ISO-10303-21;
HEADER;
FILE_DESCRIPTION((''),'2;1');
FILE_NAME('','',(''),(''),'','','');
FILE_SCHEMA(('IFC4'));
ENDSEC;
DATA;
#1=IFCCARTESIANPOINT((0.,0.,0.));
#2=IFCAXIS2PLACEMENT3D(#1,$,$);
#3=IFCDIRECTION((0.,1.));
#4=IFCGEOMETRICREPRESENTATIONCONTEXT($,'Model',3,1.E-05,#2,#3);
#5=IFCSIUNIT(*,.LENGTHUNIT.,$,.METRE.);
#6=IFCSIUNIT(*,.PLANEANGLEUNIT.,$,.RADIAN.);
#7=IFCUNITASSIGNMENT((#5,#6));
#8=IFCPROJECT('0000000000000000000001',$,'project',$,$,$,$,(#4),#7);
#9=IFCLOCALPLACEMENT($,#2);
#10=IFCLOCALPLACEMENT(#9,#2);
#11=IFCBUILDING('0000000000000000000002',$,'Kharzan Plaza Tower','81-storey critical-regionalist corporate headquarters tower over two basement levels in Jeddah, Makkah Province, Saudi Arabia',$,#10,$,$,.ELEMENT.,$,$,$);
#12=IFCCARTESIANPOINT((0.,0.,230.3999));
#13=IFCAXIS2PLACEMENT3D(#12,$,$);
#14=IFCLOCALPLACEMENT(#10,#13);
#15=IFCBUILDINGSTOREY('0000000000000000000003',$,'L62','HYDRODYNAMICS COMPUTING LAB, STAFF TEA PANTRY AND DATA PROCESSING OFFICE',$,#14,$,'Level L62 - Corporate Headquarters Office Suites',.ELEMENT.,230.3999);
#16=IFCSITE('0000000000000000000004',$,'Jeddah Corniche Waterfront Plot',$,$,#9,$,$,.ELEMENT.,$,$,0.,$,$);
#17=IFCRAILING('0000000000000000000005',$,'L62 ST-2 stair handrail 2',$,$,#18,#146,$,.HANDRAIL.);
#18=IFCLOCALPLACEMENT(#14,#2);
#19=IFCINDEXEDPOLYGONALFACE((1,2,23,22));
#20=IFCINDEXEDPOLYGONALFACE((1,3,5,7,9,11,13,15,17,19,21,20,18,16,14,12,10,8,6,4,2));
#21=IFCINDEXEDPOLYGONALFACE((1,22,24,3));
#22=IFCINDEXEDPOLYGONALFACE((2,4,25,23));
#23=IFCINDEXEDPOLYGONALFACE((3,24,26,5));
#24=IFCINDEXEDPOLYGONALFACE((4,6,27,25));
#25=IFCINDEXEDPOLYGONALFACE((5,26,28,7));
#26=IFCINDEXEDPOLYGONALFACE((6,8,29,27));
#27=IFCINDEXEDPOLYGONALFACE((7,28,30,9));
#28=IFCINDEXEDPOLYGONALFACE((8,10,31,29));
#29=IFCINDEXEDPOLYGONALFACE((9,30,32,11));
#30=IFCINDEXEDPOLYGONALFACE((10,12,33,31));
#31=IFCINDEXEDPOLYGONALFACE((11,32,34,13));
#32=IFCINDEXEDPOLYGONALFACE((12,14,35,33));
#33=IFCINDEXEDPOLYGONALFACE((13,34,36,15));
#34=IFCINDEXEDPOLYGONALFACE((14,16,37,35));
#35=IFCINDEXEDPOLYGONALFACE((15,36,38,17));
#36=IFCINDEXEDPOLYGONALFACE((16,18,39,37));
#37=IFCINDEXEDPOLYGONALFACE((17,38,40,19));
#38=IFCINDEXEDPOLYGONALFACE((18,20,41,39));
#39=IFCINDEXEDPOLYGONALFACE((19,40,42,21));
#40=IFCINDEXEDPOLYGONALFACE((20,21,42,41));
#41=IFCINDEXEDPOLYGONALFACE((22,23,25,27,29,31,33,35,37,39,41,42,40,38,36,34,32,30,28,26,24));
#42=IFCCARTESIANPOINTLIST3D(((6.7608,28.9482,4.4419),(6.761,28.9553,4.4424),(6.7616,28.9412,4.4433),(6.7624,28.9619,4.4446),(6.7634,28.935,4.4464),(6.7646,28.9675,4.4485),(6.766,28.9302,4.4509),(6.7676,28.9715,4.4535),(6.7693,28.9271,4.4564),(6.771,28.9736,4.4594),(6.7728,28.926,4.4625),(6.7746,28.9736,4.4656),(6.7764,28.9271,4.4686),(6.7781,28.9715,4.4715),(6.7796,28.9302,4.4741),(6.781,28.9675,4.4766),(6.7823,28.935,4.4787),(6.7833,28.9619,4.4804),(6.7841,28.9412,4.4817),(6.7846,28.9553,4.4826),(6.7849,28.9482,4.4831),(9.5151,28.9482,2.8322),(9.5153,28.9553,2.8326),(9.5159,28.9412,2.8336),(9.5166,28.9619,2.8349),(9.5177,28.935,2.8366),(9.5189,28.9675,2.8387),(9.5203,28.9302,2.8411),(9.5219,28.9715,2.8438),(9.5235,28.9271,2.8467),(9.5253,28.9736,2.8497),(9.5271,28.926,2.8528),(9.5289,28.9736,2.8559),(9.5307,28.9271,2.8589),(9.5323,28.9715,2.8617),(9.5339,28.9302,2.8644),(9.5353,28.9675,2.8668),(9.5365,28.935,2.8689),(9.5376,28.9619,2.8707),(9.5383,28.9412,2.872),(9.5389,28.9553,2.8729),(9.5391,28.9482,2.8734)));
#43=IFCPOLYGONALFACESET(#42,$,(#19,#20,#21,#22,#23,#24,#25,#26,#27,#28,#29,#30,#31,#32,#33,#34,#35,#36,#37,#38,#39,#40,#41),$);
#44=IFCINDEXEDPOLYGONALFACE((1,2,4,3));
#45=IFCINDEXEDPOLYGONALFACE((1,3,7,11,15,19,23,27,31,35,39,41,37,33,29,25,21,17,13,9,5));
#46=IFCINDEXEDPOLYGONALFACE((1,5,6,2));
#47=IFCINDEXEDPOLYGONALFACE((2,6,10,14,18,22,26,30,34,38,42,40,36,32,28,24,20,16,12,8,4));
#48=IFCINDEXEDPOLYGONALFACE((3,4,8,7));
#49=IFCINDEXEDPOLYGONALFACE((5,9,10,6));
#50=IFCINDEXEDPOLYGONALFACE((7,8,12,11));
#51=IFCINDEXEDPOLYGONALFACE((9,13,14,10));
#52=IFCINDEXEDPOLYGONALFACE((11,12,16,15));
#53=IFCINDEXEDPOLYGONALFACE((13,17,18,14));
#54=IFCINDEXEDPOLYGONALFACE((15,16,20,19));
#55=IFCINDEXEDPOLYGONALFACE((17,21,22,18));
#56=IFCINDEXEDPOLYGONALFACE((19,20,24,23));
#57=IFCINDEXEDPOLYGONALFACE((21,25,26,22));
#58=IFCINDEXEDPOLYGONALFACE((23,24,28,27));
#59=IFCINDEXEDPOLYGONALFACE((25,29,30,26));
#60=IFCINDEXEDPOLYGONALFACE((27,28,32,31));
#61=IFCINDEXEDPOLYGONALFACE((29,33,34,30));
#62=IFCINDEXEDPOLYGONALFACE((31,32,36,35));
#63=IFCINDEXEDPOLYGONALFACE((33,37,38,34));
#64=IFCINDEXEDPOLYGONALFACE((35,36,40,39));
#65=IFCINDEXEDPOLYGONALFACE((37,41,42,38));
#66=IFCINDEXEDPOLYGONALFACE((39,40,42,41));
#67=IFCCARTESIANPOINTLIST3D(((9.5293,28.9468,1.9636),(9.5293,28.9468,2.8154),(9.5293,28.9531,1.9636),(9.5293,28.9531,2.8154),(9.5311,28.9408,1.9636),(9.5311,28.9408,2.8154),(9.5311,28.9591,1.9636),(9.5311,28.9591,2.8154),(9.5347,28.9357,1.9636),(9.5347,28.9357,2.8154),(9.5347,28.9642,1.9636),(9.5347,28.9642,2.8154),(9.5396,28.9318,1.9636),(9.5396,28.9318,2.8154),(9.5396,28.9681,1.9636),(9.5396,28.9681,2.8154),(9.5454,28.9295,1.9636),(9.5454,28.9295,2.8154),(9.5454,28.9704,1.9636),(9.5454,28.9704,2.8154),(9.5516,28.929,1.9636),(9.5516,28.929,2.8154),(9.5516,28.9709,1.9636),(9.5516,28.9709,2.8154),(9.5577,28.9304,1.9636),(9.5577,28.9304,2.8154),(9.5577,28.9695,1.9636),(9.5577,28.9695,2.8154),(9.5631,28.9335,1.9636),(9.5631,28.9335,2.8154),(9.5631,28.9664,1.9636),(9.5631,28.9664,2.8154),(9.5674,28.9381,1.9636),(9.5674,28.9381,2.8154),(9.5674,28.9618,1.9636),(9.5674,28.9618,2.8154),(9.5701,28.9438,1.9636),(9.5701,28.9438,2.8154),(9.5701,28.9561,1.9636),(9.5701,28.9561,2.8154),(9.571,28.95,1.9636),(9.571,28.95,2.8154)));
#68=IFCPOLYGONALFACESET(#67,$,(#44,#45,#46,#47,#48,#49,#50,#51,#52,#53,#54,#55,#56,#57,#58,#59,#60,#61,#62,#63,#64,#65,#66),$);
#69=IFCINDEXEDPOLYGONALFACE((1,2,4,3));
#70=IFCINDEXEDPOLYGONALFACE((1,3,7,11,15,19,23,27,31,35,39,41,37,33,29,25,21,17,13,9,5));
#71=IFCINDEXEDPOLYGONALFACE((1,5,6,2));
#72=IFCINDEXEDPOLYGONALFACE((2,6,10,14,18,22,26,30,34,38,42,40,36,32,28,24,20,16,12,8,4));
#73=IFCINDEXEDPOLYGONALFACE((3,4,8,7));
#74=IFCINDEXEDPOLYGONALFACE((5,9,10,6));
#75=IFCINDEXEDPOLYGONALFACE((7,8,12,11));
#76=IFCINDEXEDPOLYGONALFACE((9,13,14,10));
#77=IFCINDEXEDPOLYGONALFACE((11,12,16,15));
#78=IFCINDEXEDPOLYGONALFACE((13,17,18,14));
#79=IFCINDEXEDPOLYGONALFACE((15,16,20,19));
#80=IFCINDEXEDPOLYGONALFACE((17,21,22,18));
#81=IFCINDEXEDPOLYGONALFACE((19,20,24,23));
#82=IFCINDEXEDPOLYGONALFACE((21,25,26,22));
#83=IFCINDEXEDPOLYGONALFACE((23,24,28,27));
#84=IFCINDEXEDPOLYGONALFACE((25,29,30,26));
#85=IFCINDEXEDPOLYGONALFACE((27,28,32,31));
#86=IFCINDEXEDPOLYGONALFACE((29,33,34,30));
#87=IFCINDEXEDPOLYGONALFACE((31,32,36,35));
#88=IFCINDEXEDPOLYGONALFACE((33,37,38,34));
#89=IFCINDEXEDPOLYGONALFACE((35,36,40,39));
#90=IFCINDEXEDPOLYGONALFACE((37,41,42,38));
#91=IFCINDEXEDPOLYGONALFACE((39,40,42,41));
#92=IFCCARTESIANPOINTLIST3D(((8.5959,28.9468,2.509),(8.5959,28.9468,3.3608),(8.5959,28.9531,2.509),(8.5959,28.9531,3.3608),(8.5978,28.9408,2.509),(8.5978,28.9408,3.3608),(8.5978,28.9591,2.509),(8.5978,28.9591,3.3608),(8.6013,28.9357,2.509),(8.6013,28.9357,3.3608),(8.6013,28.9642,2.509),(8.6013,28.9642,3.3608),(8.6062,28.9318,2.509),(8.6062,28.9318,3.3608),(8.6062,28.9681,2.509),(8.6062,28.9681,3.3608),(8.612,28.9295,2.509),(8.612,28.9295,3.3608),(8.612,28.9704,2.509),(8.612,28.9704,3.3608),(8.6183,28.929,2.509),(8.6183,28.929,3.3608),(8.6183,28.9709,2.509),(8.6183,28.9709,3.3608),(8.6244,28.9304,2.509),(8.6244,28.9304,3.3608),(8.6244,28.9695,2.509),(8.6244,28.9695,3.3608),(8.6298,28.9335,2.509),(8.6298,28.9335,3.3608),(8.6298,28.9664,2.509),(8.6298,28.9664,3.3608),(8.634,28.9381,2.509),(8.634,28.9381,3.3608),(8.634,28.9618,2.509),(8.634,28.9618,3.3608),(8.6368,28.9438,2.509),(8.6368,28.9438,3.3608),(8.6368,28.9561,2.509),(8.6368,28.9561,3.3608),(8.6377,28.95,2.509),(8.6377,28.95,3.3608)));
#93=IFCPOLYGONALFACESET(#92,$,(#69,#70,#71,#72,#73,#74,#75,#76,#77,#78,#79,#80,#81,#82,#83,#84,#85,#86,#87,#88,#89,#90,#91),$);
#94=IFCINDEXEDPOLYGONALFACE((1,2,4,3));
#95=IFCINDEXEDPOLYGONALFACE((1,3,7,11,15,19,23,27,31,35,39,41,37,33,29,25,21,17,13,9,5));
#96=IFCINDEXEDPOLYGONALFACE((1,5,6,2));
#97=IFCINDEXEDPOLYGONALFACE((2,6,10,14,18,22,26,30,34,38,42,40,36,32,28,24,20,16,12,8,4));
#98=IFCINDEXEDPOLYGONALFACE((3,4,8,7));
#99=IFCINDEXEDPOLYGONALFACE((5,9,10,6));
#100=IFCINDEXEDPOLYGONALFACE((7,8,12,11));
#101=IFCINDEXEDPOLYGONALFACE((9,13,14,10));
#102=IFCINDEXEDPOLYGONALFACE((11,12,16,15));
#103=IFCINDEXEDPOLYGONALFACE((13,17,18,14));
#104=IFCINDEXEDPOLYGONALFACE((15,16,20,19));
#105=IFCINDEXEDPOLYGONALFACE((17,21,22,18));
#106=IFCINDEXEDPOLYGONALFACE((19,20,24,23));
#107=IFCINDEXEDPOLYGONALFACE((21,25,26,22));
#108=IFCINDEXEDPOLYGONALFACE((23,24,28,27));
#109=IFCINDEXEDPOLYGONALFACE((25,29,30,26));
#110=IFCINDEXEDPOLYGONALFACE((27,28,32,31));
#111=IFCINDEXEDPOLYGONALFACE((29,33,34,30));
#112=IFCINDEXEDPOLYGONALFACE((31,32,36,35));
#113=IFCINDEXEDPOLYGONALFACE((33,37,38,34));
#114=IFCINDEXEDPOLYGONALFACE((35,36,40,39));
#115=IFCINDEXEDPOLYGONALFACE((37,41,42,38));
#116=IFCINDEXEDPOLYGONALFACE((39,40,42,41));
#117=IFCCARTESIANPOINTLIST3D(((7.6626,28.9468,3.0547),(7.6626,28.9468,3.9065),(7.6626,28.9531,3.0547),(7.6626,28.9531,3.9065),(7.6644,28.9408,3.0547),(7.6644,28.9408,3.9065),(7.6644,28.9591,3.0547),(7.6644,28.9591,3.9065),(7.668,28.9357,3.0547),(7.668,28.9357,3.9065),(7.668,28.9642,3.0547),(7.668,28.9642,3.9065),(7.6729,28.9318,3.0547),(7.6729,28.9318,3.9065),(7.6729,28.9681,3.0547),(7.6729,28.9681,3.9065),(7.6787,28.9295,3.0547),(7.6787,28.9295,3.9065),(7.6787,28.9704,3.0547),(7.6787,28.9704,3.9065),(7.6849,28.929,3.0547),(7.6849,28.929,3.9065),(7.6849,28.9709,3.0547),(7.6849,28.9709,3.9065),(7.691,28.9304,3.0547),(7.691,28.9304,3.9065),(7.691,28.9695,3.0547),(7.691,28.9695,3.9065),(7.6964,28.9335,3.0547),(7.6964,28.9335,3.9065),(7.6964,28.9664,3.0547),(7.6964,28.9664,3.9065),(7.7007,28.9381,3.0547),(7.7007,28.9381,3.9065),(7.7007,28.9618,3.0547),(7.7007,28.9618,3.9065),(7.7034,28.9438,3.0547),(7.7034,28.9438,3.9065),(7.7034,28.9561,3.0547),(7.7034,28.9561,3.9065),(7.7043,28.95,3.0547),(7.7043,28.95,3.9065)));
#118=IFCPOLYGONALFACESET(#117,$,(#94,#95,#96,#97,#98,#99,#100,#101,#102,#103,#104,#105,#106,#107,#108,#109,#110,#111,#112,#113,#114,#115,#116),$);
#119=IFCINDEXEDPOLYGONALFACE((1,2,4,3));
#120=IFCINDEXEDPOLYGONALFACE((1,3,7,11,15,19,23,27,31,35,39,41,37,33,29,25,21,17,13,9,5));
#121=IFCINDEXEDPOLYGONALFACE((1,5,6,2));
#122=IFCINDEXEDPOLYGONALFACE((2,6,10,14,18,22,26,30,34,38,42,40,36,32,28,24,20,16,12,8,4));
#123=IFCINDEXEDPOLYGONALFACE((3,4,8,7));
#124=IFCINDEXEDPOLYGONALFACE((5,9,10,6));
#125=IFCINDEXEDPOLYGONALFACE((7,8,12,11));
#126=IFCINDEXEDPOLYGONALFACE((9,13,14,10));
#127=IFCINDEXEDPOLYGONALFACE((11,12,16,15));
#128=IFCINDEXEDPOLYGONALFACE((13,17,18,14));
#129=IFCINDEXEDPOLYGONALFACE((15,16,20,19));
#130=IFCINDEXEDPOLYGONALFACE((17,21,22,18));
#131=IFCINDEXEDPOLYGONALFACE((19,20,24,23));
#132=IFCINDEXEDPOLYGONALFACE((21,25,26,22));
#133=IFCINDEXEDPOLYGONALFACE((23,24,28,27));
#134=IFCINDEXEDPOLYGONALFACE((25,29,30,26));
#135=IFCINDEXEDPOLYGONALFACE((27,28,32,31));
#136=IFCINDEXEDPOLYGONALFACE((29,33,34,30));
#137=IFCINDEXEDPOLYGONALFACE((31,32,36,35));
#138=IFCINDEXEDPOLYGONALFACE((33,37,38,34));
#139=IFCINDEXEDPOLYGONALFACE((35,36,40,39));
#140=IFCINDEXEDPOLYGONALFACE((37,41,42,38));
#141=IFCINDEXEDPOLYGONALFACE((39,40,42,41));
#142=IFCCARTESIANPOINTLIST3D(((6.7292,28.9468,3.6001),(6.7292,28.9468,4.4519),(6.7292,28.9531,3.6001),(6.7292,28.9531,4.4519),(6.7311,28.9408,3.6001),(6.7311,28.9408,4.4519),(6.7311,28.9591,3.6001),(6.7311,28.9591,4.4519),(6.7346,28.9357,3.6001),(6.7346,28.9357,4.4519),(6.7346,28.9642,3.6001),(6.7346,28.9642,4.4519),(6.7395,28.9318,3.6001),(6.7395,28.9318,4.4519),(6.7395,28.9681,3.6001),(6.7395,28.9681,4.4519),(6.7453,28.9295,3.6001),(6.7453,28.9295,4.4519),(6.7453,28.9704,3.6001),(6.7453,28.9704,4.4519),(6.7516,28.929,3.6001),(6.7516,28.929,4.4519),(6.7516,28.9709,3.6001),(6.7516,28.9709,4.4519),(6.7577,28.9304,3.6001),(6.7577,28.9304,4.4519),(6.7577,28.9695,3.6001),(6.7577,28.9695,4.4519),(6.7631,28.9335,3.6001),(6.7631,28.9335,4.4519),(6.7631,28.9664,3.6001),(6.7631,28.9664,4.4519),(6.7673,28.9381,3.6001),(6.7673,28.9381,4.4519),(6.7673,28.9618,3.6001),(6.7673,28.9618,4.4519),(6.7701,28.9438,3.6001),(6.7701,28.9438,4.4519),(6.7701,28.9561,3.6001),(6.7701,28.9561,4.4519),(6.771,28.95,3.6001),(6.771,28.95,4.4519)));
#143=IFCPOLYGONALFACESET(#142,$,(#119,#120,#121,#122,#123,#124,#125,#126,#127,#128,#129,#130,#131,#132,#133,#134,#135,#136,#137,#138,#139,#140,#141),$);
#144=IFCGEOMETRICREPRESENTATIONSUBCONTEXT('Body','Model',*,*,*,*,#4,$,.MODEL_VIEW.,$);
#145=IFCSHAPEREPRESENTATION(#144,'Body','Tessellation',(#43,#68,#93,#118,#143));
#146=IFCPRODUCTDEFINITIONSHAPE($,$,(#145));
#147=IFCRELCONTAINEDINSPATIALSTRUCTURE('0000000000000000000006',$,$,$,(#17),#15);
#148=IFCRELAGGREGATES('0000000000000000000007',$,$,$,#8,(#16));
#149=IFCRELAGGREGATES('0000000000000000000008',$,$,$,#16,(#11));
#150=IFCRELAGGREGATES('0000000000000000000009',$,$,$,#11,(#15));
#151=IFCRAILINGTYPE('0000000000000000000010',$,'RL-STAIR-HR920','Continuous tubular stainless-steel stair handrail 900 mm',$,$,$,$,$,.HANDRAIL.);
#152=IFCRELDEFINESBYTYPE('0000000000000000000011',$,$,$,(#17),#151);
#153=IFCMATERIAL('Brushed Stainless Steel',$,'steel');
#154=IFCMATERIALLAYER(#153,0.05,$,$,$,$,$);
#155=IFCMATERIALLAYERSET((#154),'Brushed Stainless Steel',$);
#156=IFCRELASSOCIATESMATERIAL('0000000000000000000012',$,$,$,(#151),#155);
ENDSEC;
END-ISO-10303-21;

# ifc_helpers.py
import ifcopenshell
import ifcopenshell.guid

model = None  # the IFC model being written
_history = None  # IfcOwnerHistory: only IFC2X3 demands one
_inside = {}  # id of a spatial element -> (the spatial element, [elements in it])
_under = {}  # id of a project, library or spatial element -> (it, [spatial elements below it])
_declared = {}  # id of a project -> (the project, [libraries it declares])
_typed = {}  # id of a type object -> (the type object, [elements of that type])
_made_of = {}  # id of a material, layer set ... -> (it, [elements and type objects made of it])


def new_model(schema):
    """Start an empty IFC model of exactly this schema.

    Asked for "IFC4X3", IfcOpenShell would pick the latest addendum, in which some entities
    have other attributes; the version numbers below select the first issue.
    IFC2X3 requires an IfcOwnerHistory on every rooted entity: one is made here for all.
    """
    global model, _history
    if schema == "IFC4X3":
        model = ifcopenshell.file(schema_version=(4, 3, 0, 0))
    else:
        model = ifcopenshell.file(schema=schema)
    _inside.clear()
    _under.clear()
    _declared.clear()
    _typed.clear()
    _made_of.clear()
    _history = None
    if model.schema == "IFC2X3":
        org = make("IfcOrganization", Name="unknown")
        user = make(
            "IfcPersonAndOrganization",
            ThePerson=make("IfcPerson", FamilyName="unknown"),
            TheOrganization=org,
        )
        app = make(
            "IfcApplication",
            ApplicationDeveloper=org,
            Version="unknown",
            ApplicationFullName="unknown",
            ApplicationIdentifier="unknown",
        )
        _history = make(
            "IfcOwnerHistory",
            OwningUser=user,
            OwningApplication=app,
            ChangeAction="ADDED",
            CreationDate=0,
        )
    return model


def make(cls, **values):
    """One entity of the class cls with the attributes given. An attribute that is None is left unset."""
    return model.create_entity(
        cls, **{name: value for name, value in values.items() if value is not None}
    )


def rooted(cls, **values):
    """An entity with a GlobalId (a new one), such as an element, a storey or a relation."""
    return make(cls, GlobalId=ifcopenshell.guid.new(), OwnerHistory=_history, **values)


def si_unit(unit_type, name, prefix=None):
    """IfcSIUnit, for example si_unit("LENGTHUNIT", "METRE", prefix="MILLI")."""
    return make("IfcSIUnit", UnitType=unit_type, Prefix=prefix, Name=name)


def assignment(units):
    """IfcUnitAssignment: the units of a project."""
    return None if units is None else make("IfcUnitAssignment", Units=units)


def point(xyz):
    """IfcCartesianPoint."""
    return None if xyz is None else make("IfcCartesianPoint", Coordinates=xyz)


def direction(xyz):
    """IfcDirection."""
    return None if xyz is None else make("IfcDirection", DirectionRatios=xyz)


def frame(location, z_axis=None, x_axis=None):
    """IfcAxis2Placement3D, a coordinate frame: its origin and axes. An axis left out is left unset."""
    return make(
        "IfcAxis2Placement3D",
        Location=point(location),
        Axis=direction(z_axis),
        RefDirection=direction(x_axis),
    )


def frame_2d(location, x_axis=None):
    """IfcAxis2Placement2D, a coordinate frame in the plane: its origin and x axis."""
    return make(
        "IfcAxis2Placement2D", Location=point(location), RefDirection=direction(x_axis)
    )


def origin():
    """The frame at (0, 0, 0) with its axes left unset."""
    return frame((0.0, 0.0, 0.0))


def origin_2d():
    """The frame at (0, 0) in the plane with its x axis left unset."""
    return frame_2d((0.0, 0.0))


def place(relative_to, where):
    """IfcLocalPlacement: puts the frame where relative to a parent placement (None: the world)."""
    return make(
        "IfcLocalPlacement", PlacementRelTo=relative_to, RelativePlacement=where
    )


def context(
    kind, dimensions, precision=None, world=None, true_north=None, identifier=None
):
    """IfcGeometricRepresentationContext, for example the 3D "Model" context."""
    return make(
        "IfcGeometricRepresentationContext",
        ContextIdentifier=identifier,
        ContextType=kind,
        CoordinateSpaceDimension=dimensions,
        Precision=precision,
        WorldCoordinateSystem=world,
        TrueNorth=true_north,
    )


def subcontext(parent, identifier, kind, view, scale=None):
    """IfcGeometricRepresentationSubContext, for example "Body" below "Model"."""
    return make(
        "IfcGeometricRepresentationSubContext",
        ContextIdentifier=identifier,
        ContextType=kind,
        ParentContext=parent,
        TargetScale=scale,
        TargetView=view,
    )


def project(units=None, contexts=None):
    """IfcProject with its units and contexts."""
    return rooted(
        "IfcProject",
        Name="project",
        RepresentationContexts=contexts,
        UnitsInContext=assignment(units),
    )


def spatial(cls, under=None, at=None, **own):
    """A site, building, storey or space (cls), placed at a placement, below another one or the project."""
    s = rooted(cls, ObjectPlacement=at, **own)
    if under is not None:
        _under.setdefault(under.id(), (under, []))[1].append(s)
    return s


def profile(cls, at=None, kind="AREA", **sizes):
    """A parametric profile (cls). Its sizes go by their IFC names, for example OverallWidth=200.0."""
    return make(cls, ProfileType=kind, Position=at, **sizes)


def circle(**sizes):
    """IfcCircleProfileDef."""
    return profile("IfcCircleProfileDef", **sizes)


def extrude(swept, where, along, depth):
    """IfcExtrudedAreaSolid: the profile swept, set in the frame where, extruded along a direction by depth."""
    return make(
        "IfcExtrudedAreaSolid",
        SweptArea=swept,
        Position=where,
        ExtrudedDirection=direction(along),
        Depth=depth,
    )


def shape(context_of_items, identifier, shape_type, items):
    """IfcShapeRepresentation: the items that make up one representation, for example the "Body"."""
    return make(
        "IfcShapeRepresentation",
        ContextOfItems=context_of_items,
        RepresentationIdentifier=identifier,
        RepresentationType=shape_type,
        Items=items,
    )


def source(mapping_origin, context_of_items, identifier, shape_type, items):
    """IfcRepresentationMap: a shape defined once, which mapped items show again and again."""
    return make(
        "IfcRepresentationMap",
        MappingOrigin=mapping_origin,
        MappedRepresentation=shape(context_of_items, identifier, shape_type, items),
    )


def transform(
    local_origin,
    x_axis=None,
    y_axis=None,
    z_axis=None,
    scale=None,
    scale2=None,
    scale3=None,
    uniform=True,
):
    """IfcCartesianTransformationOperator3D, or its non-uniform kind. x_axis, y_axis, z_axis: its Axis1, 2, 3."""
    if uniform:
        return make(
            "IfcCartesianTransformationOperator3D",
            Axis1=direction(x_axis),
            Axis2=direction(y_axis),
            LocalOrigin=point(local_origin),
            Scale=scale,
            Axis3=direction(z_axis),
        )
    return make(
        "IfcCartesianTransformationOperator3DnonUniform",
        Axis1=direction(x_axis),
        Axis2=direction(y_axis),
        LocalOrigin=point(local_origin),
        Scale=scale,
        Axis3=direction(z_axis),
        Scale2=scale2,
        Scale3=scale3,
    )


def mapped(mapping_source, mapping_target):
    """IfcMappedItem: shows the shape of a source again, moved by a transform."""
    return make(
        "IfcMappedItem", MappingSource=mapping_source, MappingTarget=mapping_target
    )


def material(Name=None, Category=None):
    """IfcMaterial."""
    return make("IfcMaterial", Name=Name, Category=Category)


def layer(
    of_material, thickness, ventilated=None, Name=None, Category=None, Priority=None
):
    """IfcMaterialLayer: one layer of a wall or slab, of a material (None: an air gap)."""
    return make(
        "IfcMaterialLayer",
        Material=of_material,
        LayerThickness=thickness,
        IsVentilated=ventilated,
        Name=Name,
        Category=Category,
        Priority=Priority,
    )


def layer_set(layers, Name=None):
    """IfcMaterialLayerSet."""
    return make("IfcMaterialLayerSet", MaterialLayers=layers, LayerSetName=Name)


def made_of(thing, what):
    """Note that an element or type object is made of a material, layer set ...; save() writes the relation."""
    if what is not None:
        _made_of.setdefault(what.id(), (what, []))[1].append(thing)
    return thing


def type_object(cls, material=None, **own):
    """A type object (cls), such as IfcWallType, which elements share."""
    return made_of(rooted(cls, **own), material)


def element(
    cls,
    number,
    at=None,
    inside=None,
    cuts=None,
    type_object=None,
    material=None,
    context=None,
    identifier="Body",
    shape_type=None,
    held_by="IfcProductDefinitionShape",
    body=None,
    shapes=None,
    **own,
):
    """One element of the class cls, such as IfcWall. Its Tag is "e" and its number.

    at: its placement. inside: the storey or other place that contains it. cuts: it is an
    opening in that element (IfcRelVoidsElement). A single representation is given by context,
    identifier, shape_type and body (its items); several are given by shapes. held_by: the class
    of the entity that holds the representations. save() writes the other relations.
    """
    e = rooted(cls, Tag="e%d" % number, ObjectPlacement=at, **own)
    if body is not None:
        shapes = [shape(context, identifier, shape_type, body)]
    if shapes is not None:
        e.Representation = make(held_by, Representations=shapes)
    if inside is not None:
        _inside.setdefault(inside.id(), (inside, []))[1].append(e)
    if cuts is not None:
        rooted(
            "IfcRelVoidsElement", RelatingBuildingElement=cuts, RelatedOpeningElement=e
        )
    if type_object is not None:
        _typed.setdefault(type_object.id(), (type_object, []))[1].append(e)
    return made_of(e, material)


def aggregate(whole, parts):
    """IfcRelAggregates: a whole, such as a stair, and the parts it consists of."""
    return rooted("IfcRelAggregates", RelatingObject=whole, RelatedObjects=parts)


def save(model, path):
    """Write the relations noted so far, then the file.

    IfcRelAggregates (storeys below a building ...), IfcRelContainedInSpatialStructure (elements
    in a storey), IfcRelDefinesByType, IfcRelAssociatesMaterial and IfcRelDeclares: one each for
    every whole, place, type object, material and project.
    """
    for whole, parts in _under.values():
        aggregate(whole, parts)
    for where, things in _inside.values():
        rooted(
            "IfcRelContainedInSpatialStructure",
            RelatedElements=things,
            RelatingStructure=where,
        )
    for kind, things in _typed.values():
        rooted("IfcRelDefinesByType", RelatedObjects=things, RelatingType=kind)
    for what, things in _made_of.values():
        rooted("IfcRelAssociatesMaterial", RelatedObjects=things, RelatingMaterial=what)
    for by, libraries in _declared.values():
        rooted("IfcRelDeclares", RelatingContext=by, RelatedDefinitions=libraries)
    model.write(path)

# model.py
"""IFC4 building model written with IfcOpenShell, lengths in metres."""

from ifc_helpers import new_model, si_unit, direction, frame, origin, origin_2d, place, context, subcontext, project, spatial, circle, extrude, source, transform, mapped, material, layer, layer_set, type_object, element, save


model = new_model("IFC4")

# Units and contexts
model_context = context("Model", 3, precision=1e-05, world=origin(), true_north=direction((0.0, 1.0)))
body_context = subcontext(model_context, "Body", "Model", "MODEL_VIEW")
ifc_project = project(units=[si_unit("LENGTHUNIT", "METRE"), si_unit("PLANEANGLEUNIT", "RADIAN")], contexts=[model_context])

# Site, building, storey
site_placement = place(None, origin())
site = spatial("IfcSite", under=ifc_project, at=site_placement, Name="Jeddah Corniche Waterfront Plot", CompositionType="ELEMENT", RefElevation=0.0)
building_placement = place(site_placement, origin())
building = spatial("IfcBuilding", under=site, at=building_placement, Name="Kharzan Plaza Tower", Description="81-storey critical-regionalist corporate headquarters tower over two basement levels in Jeddah, Makkah Province, Saudi Arabia", CompositionType="ELEMENT")
storey_placement = place(building_placement, frame((0.0, 0.0, 230.3999)))
storey = spatial("IfcBuildingStorey", under=building, at=storey_placement, Name="L62", Description="HYDRODYNAMICS COMPUTING LAB, STAFF TEA PANTRY AND DATA PROCESSING OFFICE", LongName="Level L62 - Corporate Headquarters Office Suites", CompositionType="ELEMENT", Elevation=230.3999)

# Railing
ifc_material_1 = material(Name="Brushed Stainless Steel", Category="steel")
ifc_layer_1 = layer(ifc_material_1, 0.05)
ifc_layer_set_1 = layer_set([ifc_layer_1], Name="Brushed Stainless Steel")
railing_type_1 = type_object("IfcRailingType", Name="RL-STAIR-HR920", Description="Continuous tubular stainless-steel stair handrail 900 mm", PredefinedType="HANDRAIL", material=ifc_layer_set_1)
shared_shape_1 = source(origin(), body_context, "Body", "SweptSolid", [
    extrude(circle(Radius=0.0239, at=origin_2d()), frame((-0.0229, 0.0, 0.8892), z_axis=(-0.863361, 0.0, 0.504587), x_axis=(0.0, -1.0, 0.0)), (0.0, 0.0, 1.0), 3.1902),
    extrude(circle(Radius=0.021, at=origin_2d()), origin(), (0.0, 0.0, 1.0), 0.8518),
    extrude(circle(Radius=0.021, at=origin_2d()), frame((-0.9333, 0.0, 0.5454)), (0.0, 0.0, 1.0), 0.8518),
    extrude(circle(Radius=0.021, at=origin_2d()), frame((-1.8667, 0.0, 1.0911)), (0.0, 0.0, 1.0), 0.8518),
    extrude(circle(Radius=0.021, at=origin_2d()), frame((-2.8, 0.0, 1.6365)), (0.0, 0.0, 1.0), 0.8518),
])
railing_1_placement = place(storey_placement, frame((9.55, 28.95, 1.9636)))
element("IfcRailing", 1, at=railing_1_placement, inside=storey, type_object=railing_type_1, Name="L62 ST-2 stair handrail 2", PredefinedType="HANDRAIL", context=body_context, shape_type="MappedRepresentation", body=[
    mapped(shared_shape_1, transform((0.0, 0.0, 0.0), x_axis=(1.0, 0.0, 0.0), y_axis=(0.0, 1.0, 0.0), z_axis=(0.0, 0.0, 1.0))),
])

save(model, "model.ifc")
